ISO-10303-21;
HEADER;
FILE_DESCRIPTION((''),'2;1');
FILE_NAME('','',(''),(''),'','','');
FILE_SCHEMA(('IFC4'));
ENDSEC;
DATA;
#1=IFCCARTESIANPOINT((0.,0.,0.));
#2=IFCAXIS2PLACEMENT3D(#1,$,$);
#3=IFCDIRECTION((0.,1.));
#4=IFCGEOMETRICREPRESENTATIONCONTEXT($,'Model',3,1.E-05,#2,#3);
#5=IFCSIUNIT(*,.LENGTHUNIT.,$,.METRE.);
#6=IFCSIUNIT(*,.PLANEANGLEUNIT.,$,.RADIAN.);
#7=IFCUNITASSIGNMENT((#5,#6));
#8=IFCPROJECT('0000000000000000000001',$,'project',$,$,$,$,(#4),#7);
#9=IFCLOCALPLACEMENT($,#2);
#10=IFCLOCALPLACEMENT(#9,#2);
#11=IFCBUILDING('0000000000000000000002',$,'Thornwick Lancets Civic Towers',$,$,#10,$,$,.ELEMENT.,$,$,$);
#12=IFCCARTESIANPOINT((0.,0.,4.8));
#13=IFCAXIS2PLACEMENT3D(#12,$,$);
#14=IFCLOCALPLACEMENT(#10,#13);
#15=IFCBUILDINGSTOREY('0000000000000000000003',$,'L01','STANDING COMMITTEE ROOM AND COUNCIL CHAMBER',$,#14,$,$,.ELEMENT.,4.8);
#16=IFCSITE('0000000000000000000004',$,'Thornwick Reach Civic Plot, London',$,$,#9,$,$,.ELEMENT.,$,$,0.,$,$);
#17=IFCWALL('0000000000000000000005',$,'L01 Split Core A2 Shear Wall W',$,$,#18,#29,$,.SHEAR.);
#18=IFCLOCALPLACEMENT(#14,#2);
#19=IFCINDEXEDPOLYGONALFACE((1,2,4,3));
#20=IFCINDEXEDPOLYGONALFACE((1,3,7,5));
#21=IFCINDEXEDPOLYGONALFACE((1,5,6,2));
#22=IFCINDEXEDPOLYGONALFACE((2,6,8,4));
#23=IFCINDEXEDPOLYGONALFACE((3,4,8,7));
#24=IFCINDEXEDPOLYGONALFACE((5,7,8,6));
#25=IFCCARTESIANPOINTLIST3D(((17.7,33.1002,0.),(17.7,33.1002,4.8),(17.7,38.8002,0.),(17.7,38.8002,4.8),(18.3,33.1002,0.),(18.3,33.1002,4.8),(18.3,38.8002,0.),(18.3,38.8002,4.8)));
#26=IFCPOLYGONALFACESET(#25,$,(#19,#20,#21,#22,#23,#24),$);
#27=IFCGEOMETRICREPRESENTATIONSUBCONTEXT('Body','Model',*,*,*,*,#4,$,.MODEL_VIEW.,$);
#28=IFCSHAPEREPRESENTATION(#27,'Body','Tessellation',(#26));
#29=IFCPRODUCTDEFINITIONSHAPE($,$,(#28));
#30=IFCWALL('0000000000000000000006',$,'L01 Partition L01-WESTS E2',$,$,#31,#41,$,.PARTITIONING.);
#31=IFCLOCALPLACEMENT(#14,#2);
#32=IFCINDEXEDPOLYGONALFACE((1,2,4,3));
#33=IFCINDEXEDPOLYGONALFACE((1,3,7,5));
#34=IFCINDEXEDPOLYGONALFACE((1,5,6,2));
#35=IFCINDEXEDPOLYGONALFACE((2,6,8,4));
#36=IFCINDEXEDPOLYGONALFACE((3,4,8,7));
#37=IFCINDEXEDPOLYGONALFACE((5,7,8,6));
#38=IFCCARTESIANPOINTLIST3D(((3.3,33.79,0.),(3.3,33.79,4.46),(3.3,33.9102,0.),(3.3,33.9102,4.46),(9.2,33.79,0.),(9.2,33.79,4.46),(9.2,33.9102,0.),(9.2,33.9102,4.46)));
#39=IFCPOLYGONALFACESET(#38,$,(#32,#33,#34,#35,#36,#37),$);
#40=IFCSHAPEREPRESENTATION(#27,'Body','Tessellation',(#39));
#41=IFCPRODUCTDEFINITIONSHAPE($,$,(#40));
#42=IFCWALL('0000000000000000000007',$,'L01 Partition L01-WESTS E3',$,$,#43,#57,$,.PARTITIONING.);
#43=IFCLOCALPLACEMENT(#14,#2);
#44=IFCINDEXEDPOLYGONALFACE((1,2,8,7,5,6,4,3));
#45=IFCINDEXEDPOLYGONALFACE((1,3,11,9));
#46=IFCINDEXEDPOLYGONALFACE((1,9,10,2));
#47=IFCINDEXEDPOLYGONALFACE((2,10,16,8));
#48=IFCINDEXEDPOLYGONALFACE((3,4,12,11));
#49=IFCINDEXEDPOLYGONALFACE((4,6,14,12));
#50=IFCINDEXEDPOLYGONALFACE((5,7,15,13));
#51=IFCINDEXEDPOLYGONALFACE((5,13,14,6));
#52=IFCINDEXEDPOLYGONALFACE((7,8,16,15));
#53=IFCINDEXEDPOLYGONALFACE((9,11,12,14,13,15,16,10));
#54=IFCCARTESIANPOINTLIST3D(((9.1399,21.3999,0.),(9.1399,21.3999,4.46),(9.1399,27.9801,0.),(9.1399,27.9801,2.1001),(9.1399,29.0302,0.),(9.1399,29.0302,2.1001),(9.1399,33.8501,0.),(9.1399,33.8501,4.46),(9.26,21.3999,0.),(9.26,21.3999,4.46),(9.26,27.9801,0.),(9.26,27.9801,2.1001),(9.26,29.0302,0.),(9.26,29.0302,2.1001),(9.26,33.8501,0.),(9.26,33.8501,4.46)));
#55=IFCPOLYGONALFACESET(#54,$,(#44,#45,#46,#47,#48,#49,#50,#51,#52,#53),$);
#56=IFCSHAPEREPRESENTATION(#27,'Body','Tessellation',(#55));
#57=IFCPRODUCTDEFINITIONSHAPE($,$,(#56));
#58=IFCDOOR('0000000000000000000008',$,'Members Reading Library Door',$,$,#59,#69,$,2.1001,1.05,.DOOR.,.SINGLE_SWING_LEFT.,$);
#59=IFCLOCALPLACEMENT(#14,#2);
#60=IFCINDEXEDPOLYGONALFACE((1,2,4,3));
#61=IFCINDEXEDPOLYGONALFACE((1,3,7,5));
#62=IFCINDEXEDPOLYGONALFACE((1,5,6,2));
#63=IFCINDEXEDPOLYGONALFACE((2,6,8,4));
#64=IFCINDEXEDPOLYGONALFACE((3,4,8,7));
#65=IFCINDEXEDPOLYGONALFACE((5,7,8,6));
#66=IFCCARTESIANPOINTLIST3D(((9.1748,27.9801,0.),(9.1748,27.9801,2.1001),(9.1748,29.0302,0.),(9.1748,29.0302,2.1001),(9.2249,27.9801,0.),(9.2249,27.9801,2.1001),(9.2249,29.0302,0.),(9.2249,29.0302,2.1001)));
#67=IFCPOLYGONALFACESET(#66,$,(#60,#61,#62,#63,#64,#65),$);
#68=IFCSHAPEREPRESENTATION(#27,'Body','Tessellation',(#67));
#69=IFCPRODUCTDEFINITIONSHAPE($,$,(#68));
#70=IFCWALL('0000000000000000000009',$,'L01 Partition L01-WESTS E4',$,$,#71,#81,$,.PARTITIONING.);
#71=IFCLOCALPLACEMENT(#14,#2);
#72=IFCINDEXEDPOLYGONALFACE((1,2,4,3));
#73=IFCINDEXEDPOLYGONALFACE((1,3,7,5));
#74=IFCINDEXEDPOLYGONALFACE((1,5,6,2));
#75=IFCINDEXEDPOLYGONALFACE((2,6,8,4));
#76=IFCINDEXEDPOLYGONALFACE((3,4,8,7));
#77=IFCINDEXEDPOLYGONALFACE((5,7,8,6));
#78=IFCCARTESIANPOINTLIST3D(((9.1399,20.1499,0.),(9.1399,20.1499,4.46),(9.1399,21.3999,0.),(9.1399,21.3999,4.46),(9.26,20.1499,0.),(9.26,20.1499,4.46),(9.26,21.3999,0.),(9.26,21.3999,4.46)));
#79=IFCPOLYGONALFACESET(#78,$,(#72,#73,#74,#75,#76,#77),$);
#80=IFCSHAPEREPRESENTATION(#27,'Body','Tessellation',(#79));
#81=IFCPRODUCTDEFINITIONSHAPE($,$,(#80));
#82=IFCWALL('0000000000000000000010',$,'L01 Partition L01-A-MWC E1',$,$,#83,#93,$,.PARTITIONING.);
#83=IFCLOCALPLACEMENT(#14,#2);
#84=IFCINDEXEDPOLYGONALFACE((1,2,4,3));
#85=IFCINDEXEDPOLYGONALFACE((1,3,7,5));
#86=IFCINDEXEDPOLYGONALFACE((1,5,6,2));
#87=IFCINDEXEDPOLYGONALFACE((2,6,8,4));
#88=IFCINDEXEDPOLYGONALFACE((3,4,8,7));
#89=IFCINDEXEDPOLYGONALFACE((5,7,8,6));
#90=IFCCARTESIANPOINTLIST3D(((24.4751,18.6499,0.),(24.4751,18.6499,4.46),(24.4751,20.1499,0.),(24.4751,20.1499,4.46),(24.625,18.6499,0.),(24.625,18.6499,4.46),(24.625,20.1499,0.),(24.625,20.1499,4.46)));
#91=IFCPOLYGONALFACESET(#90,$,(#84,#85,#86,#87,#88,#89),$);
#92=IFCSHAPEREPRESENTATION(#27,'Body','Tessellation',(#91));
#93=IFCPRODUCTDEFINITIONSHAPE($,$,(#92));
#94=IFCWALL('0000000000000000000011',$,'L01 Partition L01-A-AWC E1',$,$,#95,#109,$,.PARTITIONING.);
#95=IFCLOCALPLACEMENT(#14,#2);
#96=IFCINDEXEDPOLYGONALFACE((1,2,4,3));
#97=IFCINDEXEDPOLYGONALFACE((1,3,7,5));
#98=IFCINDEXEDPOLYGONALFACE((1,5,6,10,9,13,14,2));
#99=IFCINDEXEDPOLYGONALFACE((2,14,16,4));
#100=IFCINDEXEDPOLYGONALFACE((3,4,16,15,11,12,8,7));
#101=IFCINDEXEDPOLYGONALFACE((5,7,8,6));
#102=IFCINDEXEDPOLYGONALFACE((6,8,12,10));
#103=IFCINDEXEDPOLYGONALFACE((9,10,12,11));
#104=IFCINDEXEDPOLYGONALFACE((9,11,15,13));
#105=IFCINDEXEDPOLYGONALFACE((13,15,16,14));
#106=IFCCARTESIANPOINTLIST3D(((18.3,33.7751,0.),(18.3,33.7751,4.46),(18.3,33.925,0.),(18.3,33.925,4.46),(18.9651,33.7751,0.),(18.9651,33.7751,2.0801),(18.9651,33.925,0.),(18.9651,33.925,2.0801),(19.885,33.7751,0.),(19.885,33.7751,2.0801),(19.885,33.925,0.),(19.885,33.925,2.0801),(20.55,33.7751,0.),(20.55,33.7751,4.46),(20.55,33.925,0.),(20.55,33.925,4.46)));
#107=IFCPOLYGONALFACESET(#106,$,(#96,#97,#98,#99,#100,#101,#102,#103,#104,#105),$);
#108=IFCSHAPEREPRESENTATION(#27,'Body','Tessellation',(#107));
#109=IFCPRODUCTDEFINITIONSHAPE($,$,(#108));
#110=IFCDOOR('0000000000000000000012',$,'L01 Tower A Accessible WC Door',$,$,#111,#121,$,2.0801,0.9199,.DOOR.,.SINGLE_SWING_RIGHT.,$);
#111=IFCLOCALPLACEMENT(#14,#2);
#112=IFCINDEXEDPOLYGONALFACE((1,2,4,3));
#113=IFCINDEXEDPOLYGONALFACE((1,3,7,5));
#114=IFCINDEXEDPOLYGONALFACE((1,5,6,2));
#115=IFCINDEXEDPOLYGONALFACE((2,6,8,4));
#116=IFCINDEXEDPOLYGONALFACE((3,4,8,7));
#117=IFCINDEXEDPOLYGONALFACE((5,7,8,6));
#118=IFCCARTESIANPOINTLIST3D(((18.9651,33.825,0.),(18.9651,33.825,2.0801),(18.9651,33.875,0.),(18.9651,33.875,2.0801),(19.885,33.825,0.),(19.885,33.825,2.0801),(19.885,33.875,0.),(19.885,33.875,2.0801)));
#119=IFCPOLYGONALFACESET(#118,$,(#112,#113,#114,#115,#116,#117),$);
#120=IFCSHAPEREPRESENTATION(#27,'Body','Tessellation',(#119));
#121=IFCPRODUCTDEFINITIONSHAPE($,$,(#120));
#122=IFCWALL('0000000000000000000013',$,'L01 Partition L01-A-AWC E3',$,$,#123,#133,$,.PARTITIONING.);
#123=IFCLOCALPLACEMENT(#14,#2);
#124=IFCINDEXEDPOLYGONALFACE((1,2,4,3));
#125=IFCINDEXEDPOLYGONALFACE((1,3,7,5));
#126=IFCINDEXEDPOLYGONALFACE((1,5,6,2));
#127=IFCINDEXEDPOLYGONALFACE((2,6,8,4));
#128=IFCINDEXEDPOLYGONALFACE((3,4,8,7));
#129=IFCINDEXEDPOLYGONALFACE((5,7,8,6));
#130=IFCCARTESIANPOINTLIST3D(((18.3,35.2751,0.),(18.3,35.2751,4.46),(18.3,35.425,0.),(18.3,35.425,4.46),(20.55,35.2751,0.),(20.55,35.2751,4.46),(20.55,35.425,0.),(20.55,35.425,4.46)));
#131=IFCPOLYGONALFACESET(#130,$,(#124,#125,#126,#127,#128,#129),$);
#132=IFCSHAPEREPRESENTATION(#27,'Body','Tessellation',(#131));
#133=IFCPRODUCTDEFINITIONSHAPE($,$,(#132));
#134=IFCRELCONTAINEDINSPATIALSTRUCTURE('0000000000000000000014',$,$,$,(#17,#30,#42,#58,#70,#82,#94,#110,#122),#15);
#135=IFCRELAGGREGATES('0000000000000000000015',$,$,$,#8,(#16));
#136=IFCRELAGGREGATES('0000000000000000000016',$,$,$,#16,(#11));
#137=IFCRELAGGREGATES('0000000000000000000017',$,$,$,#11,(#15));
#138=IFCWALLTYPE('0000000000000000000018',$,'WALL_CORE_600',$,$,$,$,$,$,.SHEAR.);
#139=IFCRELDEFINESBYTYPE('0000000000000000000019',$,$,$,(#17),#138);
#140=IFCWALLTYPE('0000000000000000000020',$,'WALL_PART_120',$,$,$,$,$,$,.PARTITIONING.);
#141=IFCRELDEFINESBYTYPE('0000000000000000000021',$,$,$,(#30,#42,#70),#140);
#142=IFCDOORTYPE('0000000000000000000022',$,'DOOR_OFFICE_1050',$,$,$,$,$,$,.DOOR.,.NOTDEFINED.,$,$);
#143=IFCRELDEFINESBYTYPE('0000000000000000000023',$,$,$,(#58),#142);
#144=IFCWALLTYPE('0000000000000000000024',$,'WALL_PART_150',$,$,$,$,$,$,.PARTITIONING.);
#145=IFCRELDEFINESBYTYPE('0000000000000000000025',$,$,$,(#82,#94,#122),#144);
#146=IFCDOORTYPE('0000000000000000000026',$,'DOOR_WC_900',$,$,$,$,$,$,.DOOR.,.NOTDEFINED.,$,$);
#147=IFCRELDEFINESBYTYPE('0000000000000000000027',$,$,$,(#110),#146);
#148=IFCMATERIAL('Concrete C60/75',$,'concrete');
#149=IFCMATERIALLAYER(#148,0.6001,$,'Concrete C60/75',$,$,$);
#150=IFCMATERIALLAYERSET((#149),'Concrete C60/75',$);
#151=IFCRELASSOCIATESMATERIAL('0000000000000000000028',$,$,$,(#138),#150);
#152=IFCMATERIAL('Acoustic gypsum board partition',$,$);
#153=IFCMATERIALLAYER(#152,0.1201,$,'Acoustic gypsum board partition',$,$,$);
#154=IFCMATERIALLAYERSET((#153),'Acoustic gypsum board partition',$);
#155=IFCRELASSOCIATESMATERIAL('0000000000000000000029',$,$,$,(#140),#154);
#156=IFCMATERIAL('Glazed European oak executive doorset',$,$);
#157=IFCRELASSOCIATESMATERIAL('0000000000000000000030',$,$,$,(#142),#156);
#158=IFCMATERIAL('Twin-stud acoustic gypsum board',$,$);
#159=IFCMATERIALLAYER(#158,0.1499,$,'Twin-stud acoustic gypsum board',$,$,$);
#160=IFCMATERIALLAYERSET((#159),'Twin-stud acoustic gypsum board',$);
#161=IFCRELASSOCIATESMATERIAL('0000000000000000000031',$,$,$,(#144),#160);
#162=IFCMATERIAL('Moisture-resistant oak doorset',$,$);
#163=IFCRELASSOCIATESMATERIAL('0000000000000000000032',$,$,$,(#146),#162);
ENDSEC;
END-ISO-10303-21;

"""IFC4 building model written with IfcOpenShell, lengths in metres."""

from ifc_helpers import new_model, si_unit, direction, frame, frame_2d, origin, place, context, subcontext, project, spatial, rectangle, extrude, material, layer, layer_set, type_object, element, fill, save


model = new_model("IFC4")

# Units and contexts
model_context = context("Model", 3, precision=1e-05, world=origin(), true_north=direction((0.0, 1.0)))
body_context = subcontext(model_context, "Body", "Model", "MODEL_VIEW")
ifc_project = project(units=[si_unit("LENGTHUNIT", "METRE"), si_unit("PLANEANGLEUNIT", "RADIAN")], contexts=[model_context])

# Site, building, storey
site_placement = place(None, origin())
site = spatial("IfcSite", under=ifc_project, at=site_placement, Name="Thornwick Reach Civic Plot, London", CompositionType="ELEMENT", RefElevation=0.0)
building_placement = place(site_placement, origin())
building = spatial("IfcBuilding", under=site, at=building_placement, Name="Thornwick Lancets Civic Towers", CompositionType="ELEMENT")
storey_placement = place(building_placement, frame((0.0, 0.0, 4.8)))
storey = spatial("IfcBuildingStorey", under=building, at=storey_placement, Name="L01", Description="STANDING COMMITTEE ROOM AND COUNCIL CHAMBER", CompositionType="ELEMENT", Elevation=4.8)

# Shared definitions
ifc_material_1 = material(Name="Concrete C60/75", Category="concrete")

# Walls
ifc_layer_1 = layer(ifc_material_1, 0.6001, Name="Concrete C60/75")
ifc_layer_set_1 = layer_set([ifc_layer_1], Name="Concrete C60/75")
wall_type_1 = type_object("IfcWallType", Name="WALL_CORE_600", PredefinedType="SHEAR", material=ifc_layer_set_1)
wall_1_placement = place(storey_placement, frame((18.0, 33.1001, 0.0), z_axis=(0.0, 0.0, 1.0), x_axis=(0.0, 1.0, 0.0)))
element("IfcWall", 1, at=wall_1_placement, inside=storey, type_object=wall_type_1, Name="L01 Split Core A2 Shear Wall W", PredefinedType="SHEAR", context=body_context, shape_type="SweptSolid", body=[
    extrude(rectangle(XDim=5.7, YDim=0.6001, at=frame_2d((2.8501, 0.0))), origin(), (0.0, 0.0, 1.0), 4.8),
])
ifc_material_2 = material(Name="Acoustic gypsum board partition")
ifc_layer_2 = layer(ifc_material_2, 0.1201, Name="Acoustic gypsum board partition")
ifc_layer_set_2 = layer_set([ifc_layer_2], Name="Acoustic gypsum board partition")
wall_type_2 = type_object("IfcWallType", Name="WALL_PART_120", PredefinedType="PARTITIONING", material=ifc_layer_set_2)
wall_2_placement = place(storey_placement, frame((3.3, 33.8501, 0.0), z_axis=(0.0, 0.0, 1.0), x_axis=(1.0, 0.0, 0.0)))
element("IfcWall", 2, at=wall_2_placement, inside=storey, type_object=wall_type_2, Name="L01 Partition L01-WESTS E2", PredefinedType="PARTITIONING", context=body_context, shape_type="SweptSolid", body=[
    extrude(rectangle(XDim=5.8999, YDim=0.1201, at=frame_2d((2.95, 0.0))), origin(), (0.0, 0.0, 1.0), 4.46),
])

# Wall, opening, door
wall_3_placement = place(storey_placement, frame((9.2, 33.8501, 0.0), z_axis=(0.0, 0.0, 1.0), x_axis=(0.0, -1.0, 0.0)))
wall_3 = element("IfcWall", 3, at=wall_3_placement, inside=storey, type_object=wall_type_2, Name="L01 Partition L01-WESTS E3", PredefinedType="PARTITIONING", context=body_context, shape_type="SweptSolid", body=[
    extrude(rectangle(XDim=12.4502, YDim=0.1201, at=frame_2d((6.2251, 0.0))), origin(), (0.0, 0.0, 1.0), 4.46),
])
opening_1_placement = place(wall_3_placement, frame((4.8201, 0.0, 0.0)))
opening_1 = element("IfcOpeningElement", 4, at=opening_1_placement, cuts=wall_3, PredefinedType="OPENING", context=body_context, shape_type="SweptSolid", body=[
    extrude(rectangle(XDim=1.05, YDim=2.1001, at=frame_2d((0.5249, 1.05))), frame((0.0, 0.0701, 0.0), z_axis=(0.0, -1.0, 0.0), x_axis=(1.0, 0.0, 0.0)), (0.0, 0.0, 1.0), 0.1401),
])
ifc_material_3 = material(Name="Glazed European oak executive doorset")
door_type_1 = type_object("IfcDoorType", Name="DOOR_OFFICE_1050", OperationType="NOTDEFINED", PredefinedType="DOOR", material=ifc_material_3)
door_1_placement = place(opening_1_placement, origin())
door_1 = element("IfcDoor", 5, at=door_1_placement, inside=storey, type_object=door_type_1, Name="Members Reading Library Door", OperationType="SINGLE_SWING_LEFT", OverallHeight=2.1001, OverallWidth=1.05, PredefinedType="DOOR", context=body_context, shape_type="SweptSolid", body=[
    extrude(rectangle(XDim=1.05, YDim=2.1001, at=frame_2d((0.5249, 1.05))), frame((0.0, 0.0249, 0.0), z_axis=(0.0, -1.0, 0.0), x_axis=(1.0, 0.0, 0.0)), (0.0, 0.0, 1.0), 0.05),
])
fill(opening_1, door_1)

# Walls
wall_4_placement = place(storey_placement, frame((9.2, 21.3999, 0.0), z_axis=(0.0, 0.0, 1.0), x_axis=(0.0, -1.0, 0.0)))
element("IfcWall", 6, at=wall_4_placement, inside=storey, type_object=wall_type_2, Name="L01 Partition L01-WESTS E4", PredefinedType="PARTITIONING", context=body_context, shape_type="SweptSolid", body=[
    extrude(rectangle(XDim=1.25, YDim=0.1201, at=frame_2d((0.625, 0.0))), origin(), (0.0, 0.0, 1.0), 4.46),
])
ifc_material_4 = material(Name="Twin-stud acoustic gypsum board")
ifc_layer_3 = layer(ifc_material_4, 0.1499, Name="Twin-stud acoustic gypsum board")
ifc_layer_set_3 = layer_set([ifc_layer_3], Name="Twin-stud acoustic gypsum board")
wall_type_3 = type_object("IfcWallType", Name="WALL_PART_150", PredefinedType="PARTITIONING", material=ifc_layer_set_3)
wall_5_placement = place(storey_placement, frame((24.55, 20.1499, 0.0), z_axis=(0.0, 0.0, 1.0), x_axis=(0.0, -1.0, 0.0)))
element("IfcWall", 7, at=wall_5_placement, inside=storey, type_object=wall_type_3, Name="L01 Partition L01-A-MWC E1", PredefinedType="PARTITIONING", context=body_context, shape_type="SweptSolid", body=[
    extrude(rectangle(XDim=1.5, YDim=0.1499, at=frame_2d((0.75, 0.0))), origin(), (0.0, 0.0, 1.0), 4.46),
])

# Wall, opening, door
wall_6_placement = place(storey_placement, frame((18.3, 33.8501, 0.0), z_axis=(0.0, 0.0, 1.0), x_axis=(1.0, 0.0, 0.0)))
wall_6 = element("IfcWall", 8, at=wall_6_placement, inside=storey, type_object=wall_type_3, Name="L01 Partition L01-A-AWC E1", PredefinedType="PARTITIONING", context=body_context, shape_type="SweptSolid", body=[
    extrude(rectangle(XDim=2.25, YDim=0.1499, at=frame_2d((1.125, 0.0))), origin(), (0.0, 0.0, 1.0), 4.46),
])
opening_2_placement = place(wall_6_placement, frame((0.665, 0.0, 0.0)))
opening_2 = element("IfcOpeningElement", 9, at=opening_2_placement, cuts=wall_6, PredefinedType="OPENING", context=body_context, shape_type="SweptSolid", body=[
    extrude(rectangle(XDim=0.9199, YDim=2.0801, at=frame_2d((0.46, 1.04))), frame((0.0, 0.085, 0.0), z_axis=(0.0, -1.0, 0.0), x_axis=(1.0, 0.0, 0.0)), (0.0, 0.0, 1.0), 0.1699),
])
ifc_material_5 = material(Name="Moisture-resistant oak doorset")
door_type_2 = type_object("IfcDoorType", Name="DOOR_WC_900", OperationType="NOTDEFINED", PredefinedType="DOOR", material=ifc_material_5)
door_2_placement = place(opening_2_placement, origin())
door_2 = element("IfcDoor", 10, at=door_2_placement, inside=storey, type_object=door_type_2, Name="L01 Tower A Accessible WC Door", OperationType="SINGLE_SWING_RIGHT", OverallHeight=2.0801, OverallWidth=0.9199, PredefinedType="DOOR", context=body_context, shape_type="SweptSolid", body=[
    extrude(rectangle(XDim=0.9199, YDim=2.0801, at=frame_2d((0.46, 1.04))), frame((0.0, 0.0249, 0.0), z_axis=(0.0, -1.0, 0.0), x_axis=(1.0, 0.0, 0.0)), (0.0, 0.0, 1.0), 0.05),
])
fill(opening_2, door_2)

# Wall
wall_7_placement = place(storey_placement, frame((20.55, 35.3501, 0.0), z_axis=(0.0, 0.0, 1.0), x_axis=(-1.0, 0.0, 0.0)))
element("IfcWall", 11, at=wall_7_placement, inside=storey, type_object=wall_type_3, Name="L01 Partition L01-A-AWC E3", PredefinedType="PARTITIONING", context=body_context, shape_type="SweptSolid", body=[
    extrude(rectangle(XDim=2.25, YDim=0.1499, at=frame_2d((1.125, 0.0))), origin(), (0.0, 0.0, 1.0), 4.46),
])

save(model, "model.ifc")
